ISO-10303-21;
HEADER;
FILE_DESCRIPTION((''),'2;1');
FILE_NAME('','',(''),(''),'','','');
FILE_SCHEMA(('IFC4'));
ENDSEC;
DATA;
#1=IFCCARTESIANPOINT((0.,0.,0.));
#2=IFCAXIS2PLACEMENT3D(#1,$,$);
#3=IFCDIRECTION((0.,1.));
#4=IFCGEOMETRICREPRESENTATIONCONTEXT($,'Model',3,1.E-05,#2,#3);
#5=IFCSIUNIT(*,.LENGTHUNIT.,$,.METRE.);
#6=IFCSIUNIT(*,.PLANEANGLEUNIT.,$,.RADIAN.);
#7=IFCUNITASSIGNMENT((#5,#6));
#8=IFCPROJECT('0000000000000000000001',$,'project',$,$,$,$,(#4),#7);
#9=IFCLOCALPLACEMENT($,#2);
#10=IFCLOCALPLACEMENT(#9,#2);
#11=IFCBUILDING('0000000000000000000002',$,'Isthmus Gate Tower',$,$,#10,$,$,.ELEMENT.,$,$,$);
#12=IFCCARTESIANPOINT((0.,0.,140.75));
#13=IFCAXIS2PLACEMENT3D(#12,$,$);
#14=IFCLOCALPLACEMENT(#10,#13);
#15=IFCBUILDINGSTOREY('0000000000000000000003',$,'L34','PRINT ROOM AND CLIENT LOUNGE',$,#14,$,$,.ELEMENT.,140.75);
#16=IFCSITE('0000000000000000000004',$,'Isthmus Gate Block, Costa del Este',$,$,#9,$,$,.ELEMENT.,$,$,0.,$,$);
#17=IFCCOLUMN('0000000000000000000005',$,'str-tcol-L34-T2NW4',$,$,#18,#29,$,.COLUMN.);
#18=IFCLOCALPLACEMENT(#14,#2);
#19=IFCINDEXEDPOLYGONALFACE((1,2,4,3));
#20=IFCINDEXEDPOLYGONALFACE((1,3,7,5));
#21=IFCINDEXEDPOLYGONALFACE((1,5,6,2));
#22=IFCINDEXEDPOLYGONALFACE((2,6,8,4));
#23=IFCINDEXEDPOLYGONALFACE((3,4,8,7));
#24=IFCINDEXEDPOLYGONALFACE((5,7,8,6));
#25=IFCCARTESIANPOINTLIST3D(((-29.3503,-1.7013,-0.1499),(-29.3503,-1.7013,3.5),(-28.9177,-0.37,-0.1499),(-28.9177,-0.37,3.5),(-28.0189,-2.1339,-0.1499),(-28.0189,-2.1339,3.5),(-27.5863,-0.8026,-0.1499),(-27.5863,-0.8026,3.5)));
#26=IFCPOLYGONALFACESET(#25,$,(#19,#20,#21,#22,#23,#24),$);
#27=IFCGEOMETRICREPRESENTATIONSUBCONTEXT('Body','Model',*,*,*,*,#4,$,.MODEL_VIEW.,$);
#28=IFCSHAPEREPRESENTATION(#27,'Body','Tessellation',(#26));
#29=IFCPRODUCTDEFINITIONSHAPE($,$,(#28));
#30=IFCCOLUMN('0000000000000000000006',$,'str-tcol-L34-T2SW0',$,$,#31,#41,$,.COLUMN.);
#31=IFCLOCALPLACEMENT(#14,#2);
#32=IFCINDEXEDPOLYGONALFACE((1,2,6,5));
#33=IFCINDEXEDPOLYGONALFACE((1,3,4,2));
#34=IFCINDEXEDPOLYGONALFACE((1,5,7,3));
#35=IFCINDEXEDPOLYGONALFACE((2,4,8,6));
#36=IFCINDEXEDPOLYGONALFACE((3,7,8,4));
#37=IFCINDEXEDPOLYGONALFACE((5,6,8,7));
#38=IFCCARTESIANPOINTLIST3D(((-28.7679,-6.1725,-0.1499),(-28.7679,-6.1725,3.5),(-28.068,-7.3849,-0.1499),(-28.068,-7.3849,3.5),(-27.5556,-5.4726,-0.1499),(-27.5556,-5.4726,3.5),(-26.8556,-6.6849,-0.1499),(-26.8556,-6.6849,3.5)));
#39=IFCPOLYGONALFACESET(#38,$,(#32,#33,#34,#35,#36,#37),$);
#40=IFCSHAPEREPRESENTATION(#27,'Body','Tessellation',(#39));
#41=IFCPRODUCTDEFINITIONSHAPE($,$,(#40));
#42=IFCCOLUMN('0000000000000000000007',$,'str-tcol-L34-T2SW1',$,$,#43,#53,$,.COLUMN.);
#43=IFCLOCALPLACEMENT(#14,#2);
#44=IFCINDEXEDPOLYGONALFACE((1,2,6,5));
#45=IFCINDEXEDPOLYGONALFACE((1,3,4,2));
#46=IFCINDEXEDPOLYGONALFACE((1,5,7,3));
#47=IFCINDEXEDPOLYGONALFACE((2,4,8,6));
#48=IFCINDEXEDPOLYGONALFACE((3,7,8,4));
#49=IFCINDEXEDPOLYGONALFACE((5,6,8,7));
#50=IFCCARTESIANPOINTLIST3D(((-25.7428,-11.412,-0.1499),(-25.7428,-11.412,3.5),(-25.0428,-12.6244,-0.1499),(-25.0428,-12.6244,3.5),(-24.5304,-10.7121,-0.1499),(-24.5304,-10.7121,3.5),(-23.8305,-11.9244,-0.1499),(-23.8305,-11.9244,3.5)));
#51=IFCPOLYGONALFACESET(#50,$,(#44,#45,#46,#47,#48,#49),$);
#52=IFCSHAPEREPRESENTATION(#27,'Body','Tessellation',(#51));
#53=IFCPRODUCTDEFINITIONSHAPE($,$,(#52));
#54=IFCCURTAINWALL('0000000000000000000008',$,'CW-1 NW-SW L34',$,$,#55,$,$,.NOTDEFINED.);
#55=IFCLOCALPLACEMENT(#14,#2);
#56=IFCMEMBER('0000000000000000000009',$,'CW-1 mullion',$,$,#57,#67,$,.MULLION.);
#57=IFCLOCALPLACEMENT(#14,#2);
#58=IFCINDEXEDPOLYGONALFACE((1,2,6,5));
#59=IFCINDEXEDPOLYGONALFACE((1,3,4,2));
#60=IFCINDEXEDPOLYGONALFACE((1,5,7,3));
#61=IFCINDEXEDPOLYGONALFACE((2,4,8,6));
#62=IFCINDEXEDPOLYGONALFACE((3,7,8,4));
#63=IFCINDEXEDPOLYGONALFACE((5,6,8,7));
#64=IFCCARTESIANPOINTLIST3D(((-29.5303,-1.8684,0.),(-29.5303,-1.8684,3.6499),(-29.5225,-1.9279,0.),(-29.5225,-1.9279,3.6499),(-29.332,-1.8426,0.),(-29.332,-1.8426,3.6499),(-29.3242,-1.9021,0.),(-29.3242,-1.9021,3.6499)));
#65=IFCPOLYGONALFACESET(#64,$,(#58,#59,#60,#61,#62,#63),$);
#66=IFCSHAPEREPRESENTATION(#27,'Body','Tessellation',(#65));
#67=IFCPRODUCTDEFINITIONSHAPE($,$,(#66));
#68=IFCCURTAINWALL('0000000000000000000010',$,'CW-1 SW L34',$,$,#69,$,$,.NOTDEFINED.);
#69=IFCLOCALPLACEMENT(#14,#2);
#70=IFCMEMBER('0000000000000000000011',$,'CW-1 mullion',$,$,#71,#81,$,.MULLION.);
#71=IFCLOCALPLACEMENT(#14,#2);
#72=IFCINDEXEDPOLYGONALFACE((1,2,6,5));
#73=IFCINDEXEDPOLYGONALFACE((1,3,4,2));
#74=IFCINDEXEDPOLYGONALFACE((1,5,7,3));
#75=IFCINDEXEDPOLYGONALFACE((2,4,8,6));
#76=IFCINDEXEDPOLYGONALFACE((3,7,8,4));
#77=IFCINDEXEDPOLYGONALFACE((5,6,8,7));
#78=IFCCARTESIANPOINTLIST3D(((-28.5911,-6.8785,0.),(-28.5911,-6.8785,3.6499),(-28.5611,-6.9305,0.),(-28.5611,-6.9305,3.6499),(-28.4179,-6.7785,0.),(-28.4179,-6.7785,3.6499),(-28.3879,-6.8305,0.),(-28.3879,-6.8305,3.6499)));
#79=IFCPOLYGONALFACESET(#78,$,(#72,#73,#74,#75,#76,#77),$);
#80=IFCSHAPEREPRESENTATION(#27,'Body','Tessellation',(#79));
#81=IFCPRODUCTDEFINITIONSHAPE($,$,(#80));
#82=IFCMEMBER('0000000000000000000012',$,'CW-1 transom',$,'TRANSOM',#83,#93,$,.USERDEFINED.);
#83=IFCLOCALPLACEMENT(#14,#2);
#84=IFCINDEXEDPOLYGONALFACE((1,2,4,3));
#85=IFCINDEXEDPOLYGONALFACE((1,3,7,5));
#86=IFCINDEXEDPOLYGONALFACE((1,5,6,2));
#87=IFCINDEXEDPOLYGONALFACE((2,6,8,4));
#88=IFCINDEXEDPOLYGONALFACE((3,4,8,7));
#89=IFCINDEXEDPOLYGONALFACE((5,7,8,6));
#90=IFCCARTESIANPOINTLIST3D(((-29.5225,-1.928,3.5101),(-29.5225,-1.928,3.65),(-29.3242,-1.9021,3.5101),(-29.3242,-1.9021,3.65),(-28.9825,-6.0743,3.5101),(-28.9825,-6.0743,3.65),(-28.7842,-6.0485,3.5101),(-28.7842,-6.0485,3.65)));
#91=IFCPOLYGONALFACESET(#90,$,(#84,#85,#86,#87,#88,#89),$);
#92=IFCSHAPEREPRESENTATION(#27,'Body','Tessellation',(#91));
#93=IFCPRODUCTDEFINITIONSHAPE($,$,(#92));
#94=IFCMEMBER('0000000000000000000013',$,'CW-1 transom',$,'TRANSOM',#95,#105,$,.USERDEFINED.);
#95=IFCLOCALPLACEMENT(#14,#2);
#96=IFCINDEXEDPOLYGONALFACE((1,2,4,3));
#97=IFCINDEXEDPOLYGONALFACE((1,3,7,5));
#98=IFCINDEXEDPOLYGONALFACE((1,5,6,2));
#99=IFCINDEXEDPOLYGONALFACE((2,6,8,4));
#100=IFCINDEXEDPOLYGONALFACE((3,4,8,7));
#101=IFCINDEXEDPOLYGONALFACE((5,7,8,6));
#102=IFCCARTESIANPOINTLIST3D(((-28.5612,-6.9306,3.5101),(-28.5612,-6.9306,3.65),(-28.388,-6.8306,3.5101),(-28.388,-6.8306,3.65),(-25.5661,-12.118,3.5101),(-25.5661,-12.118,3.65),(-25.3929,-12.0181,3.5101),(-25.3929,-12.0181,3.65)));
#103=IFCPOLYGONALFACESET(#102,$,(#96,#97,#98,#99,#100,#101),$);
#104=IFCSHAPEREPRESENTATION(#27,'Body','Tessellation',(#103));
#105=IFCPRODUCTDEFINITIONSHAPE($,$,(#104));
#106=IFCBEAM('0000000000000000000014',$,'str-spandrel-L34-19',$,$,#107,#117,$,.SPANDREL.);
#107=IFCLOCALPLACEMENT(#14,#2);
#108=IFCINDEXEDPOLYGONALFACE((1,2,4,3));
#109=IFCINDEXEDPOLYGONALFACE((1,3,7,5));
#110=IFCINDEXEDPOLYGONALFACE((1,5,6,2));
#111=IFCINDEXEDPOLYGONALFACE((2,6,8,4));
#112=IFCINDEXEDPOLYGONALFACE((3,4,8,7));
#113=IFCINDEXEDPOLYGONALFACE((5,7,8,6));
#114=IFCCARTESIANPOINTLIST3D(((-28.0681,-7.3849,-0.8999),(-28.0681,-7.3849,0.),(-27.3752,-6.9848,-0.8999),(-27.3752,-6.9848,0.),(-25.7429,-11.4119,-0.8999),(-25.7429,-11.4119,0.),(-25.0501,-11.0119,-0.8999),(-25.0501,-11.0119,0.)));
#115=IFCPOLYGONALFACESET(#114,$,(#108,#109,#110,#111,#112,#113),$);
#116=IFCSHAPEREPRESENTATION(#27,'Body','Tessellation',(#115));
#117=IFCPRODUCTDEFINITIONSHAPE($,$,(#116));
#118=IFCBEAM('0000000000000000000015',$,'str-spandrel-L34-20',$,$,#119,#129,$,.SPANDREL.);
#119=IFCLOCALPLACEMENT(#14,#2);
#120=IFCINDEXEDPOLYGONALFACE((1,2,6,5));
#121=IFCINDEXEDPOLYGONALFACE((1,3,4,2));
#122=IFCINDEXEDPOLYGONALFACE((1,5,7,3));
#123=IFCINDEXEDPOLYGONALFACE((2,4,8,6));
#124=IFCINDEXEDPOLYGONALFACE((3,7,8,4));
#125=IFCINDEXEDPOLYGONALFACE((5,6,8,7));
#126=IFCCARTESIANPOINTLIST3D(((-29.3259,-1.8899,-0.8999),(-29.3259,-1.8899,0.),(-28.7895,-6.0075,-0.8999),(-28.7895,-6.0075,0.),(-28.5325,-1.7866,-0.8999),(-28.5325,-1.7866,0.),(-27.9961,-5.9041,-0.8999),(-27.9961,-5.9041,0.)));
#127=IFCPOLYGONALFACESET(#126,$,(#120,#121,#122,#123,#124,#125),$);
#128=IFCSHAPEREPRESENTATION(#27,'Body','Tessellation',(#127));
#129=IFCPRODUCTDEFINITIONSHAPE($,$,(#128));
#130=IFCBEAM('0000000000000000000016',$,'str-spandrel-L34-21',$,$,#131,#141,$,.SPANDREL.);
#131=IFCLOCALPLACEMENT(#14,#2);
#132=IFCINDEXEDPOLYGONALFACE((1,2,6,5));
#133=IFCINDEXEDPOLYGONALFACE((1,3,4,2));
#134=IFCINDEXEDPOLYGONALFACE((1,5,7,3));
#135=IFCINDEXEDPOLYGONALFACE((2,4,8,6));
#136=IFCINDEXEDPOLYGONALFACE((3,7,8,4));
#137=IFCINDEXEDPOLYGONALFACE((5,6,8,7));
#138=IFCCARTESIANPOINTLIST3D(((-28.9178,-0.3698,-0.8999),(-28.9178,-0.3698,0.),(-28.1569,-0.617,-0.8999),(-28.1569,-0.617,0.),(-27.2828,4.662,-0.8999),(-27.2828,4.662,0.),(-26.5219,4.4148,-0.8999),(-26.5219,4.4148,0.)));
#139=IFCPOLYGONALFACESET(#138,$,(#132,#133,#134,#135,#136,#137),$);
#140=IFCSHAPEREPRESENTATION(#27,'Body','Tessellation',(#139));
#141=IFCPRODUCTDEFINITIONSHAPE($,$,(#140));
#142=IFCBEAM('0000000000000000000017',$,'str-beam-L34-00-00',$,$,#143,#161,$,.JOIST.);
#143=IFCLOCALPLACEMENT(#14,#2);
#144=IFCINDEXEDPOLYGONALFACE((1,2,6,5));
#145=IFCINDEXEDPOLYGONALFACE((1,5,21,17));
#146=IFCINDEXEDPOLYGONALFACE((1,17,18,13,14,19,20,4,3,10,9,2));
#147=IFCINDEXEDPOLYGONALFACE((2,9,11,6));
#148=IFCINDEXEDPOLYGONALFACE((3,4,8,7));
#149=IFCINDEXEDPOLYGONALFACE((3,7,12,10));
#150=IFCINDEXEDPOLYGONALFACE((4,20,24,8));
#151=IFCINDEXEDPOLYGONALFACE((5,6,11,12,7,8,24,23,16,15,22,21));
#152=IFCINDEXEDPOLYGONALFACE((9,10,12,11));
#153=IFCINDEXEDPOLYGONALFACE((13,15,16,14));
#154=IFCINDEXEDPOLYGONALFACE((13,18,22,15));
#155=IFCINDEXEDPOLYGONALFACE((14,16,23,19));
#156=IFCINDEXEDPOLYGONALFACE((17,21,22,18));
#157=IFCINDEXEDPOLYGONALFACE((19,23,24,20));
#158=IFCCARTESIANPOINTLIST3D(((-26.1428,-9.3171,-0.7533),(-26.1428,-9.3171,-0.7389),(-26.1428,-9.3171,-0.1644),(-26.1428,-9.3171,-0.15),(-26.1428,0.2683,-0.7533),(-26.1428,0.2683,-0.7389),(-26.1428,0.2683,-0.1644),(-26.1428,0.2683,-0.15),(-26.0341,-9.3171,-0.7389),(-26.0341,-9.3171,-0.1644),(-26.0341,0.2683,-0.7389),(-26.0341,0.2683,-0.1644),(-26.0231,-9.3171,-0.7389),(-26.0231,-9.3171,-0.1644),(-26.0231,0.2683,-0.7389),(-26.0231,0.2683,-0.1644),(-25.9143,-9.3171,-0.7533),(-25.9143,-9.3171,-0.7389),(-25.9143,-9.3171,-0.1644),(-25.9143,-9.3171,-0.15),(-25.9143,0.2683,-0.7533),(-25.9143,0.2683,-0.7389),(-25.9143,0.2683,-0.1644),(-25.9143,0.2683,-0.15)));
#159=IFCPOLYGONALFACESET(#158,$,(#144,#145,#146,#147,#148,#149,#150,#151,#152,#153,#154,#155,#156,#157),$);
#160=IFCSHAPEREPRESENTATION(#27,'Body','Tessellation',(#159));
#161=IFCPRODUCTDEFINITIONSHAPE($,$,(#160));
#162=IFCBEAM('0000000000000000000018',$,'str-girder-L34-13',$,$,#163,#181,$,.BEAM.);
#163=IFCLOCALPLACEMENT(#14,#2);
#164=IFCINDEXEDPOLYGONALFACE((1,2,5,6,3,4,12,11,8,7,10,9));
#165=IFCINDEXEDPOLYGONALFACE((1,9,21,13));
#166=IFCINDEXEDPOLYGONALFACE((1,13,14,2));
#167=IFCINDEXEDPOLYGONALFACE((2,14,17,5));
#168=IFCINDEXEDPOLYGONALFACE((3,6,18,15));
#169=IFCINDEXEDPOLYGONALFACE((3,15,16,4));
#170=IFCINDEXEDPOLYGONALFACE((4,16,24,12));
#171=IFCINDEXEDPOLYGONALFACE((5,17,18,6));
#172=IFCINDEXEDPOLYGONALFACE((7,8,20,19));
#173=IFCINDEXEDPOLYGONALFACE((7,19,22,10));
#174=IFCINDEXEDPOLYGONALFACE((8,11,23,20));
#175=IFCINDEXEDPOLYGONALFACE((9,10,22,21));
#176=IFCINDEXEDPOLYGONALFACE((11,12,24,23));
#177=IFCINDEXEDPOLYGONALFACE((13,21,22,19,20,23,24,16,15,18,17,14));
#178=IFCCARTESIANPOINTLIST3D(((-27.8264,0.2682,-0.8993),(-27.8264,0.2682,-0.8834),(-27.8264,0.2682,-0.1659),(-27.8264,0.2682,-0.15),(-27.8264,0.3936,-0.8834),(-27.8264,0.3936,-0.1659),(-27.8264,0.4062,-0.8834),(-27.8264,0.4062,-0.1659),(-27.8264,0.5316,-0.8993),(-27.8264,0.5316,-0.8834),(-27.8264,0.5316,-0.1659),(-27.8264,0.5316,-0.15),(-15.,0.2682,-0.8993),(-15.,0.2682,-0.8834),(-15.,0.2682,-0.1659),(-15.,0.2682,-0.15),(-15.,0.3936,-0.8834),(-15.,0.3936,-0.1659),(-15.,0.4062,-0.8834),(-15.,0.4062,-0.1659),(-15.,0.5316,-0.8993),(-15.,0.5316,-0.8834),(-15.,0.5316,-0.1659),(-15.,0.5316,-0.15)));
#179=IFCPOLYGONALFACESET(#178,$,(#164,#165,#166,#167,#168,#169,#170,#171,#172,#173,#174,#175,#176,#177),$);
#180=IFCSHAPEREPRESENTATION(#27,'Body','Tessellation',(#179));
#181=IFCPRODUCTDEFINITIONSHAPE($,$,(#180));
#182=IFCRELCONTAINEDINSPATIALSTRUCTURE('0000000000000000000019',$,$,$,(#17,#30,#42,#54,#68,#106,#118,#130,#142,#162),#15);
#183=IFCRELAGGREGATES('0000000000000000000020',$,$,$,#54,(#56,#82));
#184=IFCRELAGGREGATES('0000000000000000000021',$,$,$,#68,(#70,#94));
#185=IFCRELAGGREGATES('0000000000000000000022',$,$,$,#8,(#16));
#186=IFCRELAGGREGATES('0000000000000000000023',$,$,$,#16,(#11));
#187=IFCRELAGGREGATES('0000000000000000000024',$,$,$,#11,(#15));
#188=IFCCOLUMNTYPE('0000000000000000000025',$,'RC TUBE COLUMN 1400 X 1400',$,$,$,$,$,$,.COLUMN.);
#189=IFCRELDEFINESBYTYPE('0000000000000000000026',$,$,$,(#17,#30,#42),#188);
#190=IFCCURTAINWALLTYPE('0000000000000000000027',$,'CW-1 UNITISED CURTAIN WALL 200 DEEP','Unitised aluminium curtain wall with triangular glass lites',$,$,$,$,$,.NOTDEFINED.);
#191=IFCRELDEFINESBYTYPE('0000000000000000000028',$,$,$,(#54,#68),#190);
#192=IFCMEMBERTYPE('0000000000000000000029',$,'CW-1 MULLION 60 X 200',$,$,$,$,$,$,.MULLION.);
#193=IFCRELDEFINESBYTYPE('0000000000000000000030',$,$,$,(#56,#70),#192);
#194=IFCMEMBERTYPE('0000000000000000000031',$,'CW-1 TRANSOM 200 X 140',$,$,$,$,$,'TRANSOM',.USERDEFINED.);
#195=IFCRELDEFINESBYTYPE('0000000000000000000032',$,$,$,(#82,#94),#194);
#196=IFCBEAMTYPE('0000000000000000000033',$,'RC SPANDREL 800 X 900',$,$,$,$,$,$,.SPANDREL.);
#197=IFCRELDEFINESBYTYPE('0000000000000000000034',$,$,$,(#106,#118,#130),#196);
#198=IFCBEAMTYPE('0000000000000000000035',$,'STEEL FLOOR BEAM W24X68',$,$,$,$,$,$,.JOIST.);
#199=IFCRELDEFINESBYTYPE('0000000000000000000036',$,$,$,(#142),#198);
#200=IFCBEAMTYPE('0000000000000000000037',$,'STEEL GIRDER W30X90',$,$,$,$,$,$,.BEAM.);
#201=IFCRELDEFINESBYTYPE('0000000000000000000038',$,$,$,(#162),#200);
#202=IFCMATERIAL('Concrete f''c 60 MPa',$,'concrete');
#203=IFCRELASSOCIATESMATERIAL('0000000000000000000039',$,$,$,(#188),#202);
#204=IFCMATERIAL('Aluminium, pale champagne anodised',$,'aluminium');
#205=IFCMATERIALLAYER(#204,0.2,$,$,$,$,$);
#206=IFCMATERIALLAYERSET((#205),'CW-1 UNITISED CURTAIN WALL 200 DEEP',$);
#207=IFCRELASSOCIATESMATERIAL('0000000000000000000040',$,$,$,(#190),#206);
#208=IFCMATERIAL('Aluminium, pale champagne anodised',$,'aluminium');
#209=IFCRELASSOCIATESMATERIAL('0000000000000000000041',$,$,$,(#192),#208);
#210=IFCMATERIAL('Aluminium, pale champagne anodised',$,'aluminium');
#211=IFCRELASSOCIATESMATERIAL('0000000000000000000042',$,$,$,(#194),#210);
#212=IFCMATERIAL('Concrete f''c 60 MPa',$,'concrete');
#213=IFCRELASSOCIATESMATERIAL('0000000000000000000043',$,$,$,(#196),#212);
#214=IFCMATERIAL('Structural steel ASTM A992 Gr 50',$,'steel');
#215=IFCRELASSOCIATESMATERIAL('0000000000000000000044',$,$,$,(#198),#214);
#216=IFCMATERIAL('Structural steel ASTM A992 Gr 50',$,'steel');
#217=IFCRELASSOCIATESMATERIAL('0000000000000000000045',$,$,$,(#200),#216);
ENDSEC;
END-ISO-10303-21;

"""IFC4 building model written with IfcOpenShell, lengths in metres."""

from ifc_helpers import new_model, si_unit, direction, frame, origin, origin_2d, place, context, subcontext, project, spatial, rectangle, i_section, extrude, material, layer, layer_set, material_profile, profile_set, type_object, element, aggregate, save


model = new_model("IFC4")

# Units and contexts
model_context = context("Model", 3, precision=1e-05, world=origin(), true_north=direction((0.0, 1.0)))
body_context = subcontext(model_context, "Body", "Model", "MODEL_VIEW")
ifc_project = project(units=[si_unit("LENGTHUNIT", "METRE"), si_unit("PLANEANGLEUNIT", "RADIAN")], contexts=[model_context])

# Site, building, storey
site_placement = place(None, origin())
site = spatial("IfcSite", under=ifc_project, at=site_placement, Name="Isthmus Gate Block, Costa del Este", CompositionType="ELEMENT", RefElevation=0.0)
building_placement = place(site_placement, origin())
building = spatial("IfcBuilding", under=site, at=building_placement, Name="Isthmus Gate Tower", CompositionType="ELEMENT")
storey_placement = place(building_placement, frame((0.0, 0.0, 140.75)))
storey = spatial("IfcBuildingStorey", under=building, at=storey_placement, Name="L34", Description="PRINT ROOM AND CLIENT LOUNGE", CompositionType="ELEMENT", Elevation=140.75)

# Columns
ifc_material_1 = material(Name="Concrete f'c 60 MPa", Category="concrete")
ifc_material_profile_1 = material_profile(ifc_material_1, rectangle(XDim=1.3999, YDim=1.3999, at=origin_2d()), Name="RC 1400X1400")
ifc_profile_set_1 = profile_set([ifc_material_profile_1], Name="Concrete f'c 60 MPa")
column_type = type_object("IfcColumnType", Name="RC TUBE COLUMN 1400 X 1400", PredefinedType="COLUMN", material=ifc_profile_set_1)
for number, where, z_axis, x_axis, name in (
    (1, (-28.4683, -1.252, -0.1499), (0.0, 0.0, 1.0), (-0.309017, -0.951057, 0.0), "str-tcol-L34-T2NW4"),
    (2, (-27.8118, -6.4287, -0.1499), (0.0, 0.0, 1.0), (0.5, -0.866025, 0.0), "str-tcol-L34-T2SW0"),
    (3, (-24.7866, -11.6682, -0.1499), (0.0, 0.0, 1.0), (0.5, -0.866025, 0.0), "str-tcol-L34-T2SW1"),
):
    element("IfcColumn", number, at=place(storey_placement, frame(where, z_axis=z_axis, x_axis=x_axis)), inside=storey, type_object=column_type, Name=name, PredefinedType="COLUMN", context=body_context, shape_type="SweptSolid", body=[
        extrude(rectangle(XDim=1.3999, YDim=1.3999, at=origin_2d()), origin(), (0.0, 0.0, 1.0), 3.6499),
    ])

# Curtain walls, members
ifc_material_2 = material(Name="Aluminium, pale champagne anodised", Category="aluminium")
ifc_layer_1 = layer(ifc_material_2, 0.2)
ifc_layer_set_1 = layer_set([ifc_layer_1], Name="CW-1 UNITISED CURTAIN WALL 200 DEEP")
curtain_wall_type = type_object("IfcCurtainWallType", Name="CW-1 UNITISED CURTAIN WALL 200 DEEP", Description="Unitised aluminium curtain wall with triangular glass lites", PredefinedType="NOTDEFINED", material=ifc_layer_set_1)
curtain_wall_1_placement = place(storey_placement, origin())
curtain_wall_1 = element("IfcCurtainWall", 4, at=curtain_wall_1_placement, inside=storey, type_object=curtain_wall_type, Name="CW-1 NW-SW L34", PredefinedType="NOTDEFINED")
ifc_material_3 = material(Name="Aluminium, pale champagne anodised", Category="aluminium")
ifc_material_profile_2 = material_profile(ifc_material_3, rectangle(XDim=0.0601, YDim=0.2, at=origin_2d()), Name="60x200")
ifc_profile_set_2 = profile_set([ifc_material_profile_2], Name="Aluminium, pale champagne anodised")
member_type_1 = type_object("IfcMemberType", Name="CW-1 MULLION 60 X 200", PredefinedType="MULLION", material=ifc_profile_set_2)
member_1_placement = place(storey_placement, frame((-29.4272, -1.8853, 0.0), z_axis=(0.0, 0.0, 1.0), x_axis=(0.129165, -0.991623, 0.0)))
member_1 = element("IfcMember", 5, at=member_1_placement, type_object=member_type_1, Name="CW-1 mullion", PredefinedType="MULLION", context=body_context, shape_type="SweptSolid", body=[
    extrude(rectangle(XDim=0.0601, YDim=0.2, at=origin_2d()), origin(), (0.0, 0.0, 1.0), 3.6499),
])
curtain_wall_2_placement = place(storey_placement, origin())
curtain_wall_2 = element("IfcCurtainWall", 6, at=curtain_wall_2_placement, inside=storey, type_object=curtain_wall_type, Name="CW-1 SW L34", PredefinedType="NOTDEFINED")
member_2_placement = place(storey_placement, frame((-28.4895, -6.8545, 0.0), z_axis=(0.0, 0.0, 1.0), x_axis=(0.5, -0.866025, 0.0)))
member_2 = element("IfcMember", 7, at=member_2_placement, type_object=member_type_1, Name="CW-1 mullion", PredefinedType="MULLION", context=body_context, shape_type="SweptSolid", body=[
    extrude(rectangle(XDim=0.0601, YDim=0.2, at=origin_2d()), origin(), (0.0, 0.0, 1.0), 3.6499),
])

# Members
ifc_material_4 = material(Name="Aluminium, pale champagne anodised", Category="aluminium")
ifc_material_profile_3 = material_profile(ifc_material_4, rectangle(XDim=0.2, YDim=0.1399, at=origin_2d()), Name="200x140")
ifc_profile_set_3 = profile_set([ifc_material_profile_3], Name="Aluminium, pale champagne anodised")
member_type_2 = type_object("IfcMemberType", Name="CW-1 TRANSOM 200 X 140", ElementType="TRANSOM", PredefinedType="USERDEFINED", material=ifc_profile_set_3)
member_3_placement = place(storey_placement, frame((-29.4233, -1.915, 3.5801), z_axis=(0.129149, -0.991625, 0.0), x_axis=(0.991625, 0.129149, 0.0)))
member_3 = element("IfcMember", 8, at=member_3_placement, type_object=member_type_2, Name="CW-1 transom", ObjectType="TRANSOM", PredefinedType="USERDEFINED", context=body_context, shape_type="SweptSolid", body=[
    extrude(rectangle(XDim=0.2, YDim=0.1399, at=origin_2d()), origin(), (0.0, 0.0, 1.0), 4.1814),
])
member_4_placement = place(storey_placement, frame((-28.4746, -6.8806, 3.5801), z_axis=(0.500014, -0.866017, 0.0), x_axis=(0.866017, 0.500014, 0.0)))
member_4 = element("IfcMember", 9, at=member_4_placement, type_object=member_type_2, Name="CW-1 transom", ObjectType="TRANSOM", PredefinedType="USERDEFINED", context=body_context, shape_type="SweptSolid", body=[
    extrude(rectangle(XDim=0.2, YDim=0.1399, at=origin_2d()), origin(), (0.0, 0.0, 1.0), 5.99),
])

# Beams
ifc_material_5 = material(Name="Concrete f'c 60 MPa", Category="concrete")
ifc_material_profile_4 = material_profile(ifc_material_5, rectangle(XDim=0.8, YDim=0.8999, at=origin_2d()), Name="RC 800X900")
ifc_profile_set_4 = profile_set([ifc_material_profile_4], Name="Concrete f'c 60 MPa")
beam_type_1 = type_object("IfcBeamType", Name="RC SPANDREL 800 X 900", PredefinedType="SPANDREL", material=ifc_profile_set_4)
beam_1_placement = place(storey_placement, frame((-25.3965, -11.2119, -0.45), z_axis=(-0.500024, 0.866012, 0.0), x_axis=(-0.866012, -0.500024, 0.0)))
element("IfcBeam", 10, at=beam_1_placement, inside=storey, type_object=beam_type_1, Name="str-spandrel-L34-19", PredefinedType="SPANDREL", context=body_context, shape_type="SweptSolid", body=[
    extrude(rectangle(XDim=0.8, YDim=0.8999, at=origin_2d()), origin(), (0.0, 0.0, 1.0), 4.6501),
])
beam_2_placement = place(storey_placement, frame((-28.3928, -5.9558, -0.45), z_axis=(-0.129171, 0.991622, 0.0), x_axis=(-0.991622, -0.129171, 0.0)))
element("IfcBeam", 11, at=beam_2_placement, inside=storey, type_object=beam_type_1, Name="str-spandrel-L34-20", PredefinedType="SPANDREL", context=body_context, shape_type="SweptSolid", body=[
    extrude(rectangle(XDim=0.8, YDim=0.8999, at=origin_2d()), origin(), (0.0, 0.0, 1.0), 4.1523),
])
beam_3_placement = place(storey_placement, frame((-28.5374, -0.4934, -0.45), z_axis=(0.309034, 0.951051, 0.0), x_axis=(-0.951051, 0.309034, 0.0)))
element("IfcBeam", 12, at=beam_3_placement, inside=storey, type_object=beam_type_1, Name="str-spandrel-L34-21", PredefinedType="SPANDREL", context=body_context, shape_type="SweptSolid", body=[
    extrude(rectangle(XDim=0.8, YDim=0.8999, at=origin_2d()), origin(), (0.0, 0.0, 1.0), 5.2908),
])
ifc_material_6 = material(Name="Structural steel ASTM A992 Gr 50", Category="steel")
ifc_material_profile_5 = material_profile(ifc_material_6, i_section(OverallWidth=0.2285, OverallDepth=0.6033, WebThickness=0.011, FlangeThickness=0.0144, at=origin_2d()), Name="W24X68")
ifc_profile_set_5 = profile_set([ifc_material_profile_5], Name="Structural steel ASTM A992 Gr 50")
beam_type_2 = type_object("IfcBeamType", Name="STEEL FLOOR BEAM W24X68", PredefinedType="JOIST", material=ifc_profile_set_5)
beam_4_placement = place(storey_placement, frame((-26.0286, -9.3171, -0.4517), z_axis=(0.0, 1.0, 0.0), x_axis=(-1.0, 0.0, 0.0)))
element("IfcBeam", 13, at=beam_4_placement, inside=storey, type_object=beam_type_2, Name="str-beam-L34-00-00", PredefinedType="JOIST", context=body_context, shape_type="SweptSolid", body=[
    extrude(i_section(OverallWidth=0.2285, OverallDepth=0.6033, WebThickness=0.011, FlangeThickness=0.0144, at=origin_2d()), origin(), (0.0, 0.0, 1.0), 9.5854),
])
ifc_material_7 = material(Name="Structural steel ASTM A992 Gr 50", Category="steel")
ifc_material_profile_6 = material_profile(ifc_material_7, i_section(OverallWidth=0.2634, OverallDepth=0.7493, WebThickness=0.0127, FlangeThickness=0.0159, at=origin_2d()), Name="W30X90")
ifc_profile_set_6 = profile_set([ifc_material_profile_6], Name="Structural steel ASTM A992 Gr 50")
beam_type_3 = type_object("IfcBeamType", Name="STEEL GIRDER W30X90", PredefinedType="BEAM", material=ifc_profile_set_6)
beam_5_placement = place(storey_placement, frame((-15.0, 0.3999, -0.5247), z_axis=(-1.0, 0.0, 0.0), x_axis=(0.0, -1.0, 0.0)))
element("IfcBeam", 14, at=beam_5_placement, inside=storey, type_object=beam_type_3, Name="str-girder-L34-13", PredefinedType="BEAM", context=body_context, shape_type="SweptSolid", body=[
    extrude(i_section(OverallWidth=0.2634, OverallDepth=0.7493, WebThickness=0.0127, FlangeThickness=0.0159, at=origin_2d()), origin(), (0.0, 0.0, 1.0), 12.8264),
])

aggregate(curtain_wall_1, [member_1, member_3])
aggregate(curtain_wall_2, [member_2, member_4])

save(model, "model.ifc")
